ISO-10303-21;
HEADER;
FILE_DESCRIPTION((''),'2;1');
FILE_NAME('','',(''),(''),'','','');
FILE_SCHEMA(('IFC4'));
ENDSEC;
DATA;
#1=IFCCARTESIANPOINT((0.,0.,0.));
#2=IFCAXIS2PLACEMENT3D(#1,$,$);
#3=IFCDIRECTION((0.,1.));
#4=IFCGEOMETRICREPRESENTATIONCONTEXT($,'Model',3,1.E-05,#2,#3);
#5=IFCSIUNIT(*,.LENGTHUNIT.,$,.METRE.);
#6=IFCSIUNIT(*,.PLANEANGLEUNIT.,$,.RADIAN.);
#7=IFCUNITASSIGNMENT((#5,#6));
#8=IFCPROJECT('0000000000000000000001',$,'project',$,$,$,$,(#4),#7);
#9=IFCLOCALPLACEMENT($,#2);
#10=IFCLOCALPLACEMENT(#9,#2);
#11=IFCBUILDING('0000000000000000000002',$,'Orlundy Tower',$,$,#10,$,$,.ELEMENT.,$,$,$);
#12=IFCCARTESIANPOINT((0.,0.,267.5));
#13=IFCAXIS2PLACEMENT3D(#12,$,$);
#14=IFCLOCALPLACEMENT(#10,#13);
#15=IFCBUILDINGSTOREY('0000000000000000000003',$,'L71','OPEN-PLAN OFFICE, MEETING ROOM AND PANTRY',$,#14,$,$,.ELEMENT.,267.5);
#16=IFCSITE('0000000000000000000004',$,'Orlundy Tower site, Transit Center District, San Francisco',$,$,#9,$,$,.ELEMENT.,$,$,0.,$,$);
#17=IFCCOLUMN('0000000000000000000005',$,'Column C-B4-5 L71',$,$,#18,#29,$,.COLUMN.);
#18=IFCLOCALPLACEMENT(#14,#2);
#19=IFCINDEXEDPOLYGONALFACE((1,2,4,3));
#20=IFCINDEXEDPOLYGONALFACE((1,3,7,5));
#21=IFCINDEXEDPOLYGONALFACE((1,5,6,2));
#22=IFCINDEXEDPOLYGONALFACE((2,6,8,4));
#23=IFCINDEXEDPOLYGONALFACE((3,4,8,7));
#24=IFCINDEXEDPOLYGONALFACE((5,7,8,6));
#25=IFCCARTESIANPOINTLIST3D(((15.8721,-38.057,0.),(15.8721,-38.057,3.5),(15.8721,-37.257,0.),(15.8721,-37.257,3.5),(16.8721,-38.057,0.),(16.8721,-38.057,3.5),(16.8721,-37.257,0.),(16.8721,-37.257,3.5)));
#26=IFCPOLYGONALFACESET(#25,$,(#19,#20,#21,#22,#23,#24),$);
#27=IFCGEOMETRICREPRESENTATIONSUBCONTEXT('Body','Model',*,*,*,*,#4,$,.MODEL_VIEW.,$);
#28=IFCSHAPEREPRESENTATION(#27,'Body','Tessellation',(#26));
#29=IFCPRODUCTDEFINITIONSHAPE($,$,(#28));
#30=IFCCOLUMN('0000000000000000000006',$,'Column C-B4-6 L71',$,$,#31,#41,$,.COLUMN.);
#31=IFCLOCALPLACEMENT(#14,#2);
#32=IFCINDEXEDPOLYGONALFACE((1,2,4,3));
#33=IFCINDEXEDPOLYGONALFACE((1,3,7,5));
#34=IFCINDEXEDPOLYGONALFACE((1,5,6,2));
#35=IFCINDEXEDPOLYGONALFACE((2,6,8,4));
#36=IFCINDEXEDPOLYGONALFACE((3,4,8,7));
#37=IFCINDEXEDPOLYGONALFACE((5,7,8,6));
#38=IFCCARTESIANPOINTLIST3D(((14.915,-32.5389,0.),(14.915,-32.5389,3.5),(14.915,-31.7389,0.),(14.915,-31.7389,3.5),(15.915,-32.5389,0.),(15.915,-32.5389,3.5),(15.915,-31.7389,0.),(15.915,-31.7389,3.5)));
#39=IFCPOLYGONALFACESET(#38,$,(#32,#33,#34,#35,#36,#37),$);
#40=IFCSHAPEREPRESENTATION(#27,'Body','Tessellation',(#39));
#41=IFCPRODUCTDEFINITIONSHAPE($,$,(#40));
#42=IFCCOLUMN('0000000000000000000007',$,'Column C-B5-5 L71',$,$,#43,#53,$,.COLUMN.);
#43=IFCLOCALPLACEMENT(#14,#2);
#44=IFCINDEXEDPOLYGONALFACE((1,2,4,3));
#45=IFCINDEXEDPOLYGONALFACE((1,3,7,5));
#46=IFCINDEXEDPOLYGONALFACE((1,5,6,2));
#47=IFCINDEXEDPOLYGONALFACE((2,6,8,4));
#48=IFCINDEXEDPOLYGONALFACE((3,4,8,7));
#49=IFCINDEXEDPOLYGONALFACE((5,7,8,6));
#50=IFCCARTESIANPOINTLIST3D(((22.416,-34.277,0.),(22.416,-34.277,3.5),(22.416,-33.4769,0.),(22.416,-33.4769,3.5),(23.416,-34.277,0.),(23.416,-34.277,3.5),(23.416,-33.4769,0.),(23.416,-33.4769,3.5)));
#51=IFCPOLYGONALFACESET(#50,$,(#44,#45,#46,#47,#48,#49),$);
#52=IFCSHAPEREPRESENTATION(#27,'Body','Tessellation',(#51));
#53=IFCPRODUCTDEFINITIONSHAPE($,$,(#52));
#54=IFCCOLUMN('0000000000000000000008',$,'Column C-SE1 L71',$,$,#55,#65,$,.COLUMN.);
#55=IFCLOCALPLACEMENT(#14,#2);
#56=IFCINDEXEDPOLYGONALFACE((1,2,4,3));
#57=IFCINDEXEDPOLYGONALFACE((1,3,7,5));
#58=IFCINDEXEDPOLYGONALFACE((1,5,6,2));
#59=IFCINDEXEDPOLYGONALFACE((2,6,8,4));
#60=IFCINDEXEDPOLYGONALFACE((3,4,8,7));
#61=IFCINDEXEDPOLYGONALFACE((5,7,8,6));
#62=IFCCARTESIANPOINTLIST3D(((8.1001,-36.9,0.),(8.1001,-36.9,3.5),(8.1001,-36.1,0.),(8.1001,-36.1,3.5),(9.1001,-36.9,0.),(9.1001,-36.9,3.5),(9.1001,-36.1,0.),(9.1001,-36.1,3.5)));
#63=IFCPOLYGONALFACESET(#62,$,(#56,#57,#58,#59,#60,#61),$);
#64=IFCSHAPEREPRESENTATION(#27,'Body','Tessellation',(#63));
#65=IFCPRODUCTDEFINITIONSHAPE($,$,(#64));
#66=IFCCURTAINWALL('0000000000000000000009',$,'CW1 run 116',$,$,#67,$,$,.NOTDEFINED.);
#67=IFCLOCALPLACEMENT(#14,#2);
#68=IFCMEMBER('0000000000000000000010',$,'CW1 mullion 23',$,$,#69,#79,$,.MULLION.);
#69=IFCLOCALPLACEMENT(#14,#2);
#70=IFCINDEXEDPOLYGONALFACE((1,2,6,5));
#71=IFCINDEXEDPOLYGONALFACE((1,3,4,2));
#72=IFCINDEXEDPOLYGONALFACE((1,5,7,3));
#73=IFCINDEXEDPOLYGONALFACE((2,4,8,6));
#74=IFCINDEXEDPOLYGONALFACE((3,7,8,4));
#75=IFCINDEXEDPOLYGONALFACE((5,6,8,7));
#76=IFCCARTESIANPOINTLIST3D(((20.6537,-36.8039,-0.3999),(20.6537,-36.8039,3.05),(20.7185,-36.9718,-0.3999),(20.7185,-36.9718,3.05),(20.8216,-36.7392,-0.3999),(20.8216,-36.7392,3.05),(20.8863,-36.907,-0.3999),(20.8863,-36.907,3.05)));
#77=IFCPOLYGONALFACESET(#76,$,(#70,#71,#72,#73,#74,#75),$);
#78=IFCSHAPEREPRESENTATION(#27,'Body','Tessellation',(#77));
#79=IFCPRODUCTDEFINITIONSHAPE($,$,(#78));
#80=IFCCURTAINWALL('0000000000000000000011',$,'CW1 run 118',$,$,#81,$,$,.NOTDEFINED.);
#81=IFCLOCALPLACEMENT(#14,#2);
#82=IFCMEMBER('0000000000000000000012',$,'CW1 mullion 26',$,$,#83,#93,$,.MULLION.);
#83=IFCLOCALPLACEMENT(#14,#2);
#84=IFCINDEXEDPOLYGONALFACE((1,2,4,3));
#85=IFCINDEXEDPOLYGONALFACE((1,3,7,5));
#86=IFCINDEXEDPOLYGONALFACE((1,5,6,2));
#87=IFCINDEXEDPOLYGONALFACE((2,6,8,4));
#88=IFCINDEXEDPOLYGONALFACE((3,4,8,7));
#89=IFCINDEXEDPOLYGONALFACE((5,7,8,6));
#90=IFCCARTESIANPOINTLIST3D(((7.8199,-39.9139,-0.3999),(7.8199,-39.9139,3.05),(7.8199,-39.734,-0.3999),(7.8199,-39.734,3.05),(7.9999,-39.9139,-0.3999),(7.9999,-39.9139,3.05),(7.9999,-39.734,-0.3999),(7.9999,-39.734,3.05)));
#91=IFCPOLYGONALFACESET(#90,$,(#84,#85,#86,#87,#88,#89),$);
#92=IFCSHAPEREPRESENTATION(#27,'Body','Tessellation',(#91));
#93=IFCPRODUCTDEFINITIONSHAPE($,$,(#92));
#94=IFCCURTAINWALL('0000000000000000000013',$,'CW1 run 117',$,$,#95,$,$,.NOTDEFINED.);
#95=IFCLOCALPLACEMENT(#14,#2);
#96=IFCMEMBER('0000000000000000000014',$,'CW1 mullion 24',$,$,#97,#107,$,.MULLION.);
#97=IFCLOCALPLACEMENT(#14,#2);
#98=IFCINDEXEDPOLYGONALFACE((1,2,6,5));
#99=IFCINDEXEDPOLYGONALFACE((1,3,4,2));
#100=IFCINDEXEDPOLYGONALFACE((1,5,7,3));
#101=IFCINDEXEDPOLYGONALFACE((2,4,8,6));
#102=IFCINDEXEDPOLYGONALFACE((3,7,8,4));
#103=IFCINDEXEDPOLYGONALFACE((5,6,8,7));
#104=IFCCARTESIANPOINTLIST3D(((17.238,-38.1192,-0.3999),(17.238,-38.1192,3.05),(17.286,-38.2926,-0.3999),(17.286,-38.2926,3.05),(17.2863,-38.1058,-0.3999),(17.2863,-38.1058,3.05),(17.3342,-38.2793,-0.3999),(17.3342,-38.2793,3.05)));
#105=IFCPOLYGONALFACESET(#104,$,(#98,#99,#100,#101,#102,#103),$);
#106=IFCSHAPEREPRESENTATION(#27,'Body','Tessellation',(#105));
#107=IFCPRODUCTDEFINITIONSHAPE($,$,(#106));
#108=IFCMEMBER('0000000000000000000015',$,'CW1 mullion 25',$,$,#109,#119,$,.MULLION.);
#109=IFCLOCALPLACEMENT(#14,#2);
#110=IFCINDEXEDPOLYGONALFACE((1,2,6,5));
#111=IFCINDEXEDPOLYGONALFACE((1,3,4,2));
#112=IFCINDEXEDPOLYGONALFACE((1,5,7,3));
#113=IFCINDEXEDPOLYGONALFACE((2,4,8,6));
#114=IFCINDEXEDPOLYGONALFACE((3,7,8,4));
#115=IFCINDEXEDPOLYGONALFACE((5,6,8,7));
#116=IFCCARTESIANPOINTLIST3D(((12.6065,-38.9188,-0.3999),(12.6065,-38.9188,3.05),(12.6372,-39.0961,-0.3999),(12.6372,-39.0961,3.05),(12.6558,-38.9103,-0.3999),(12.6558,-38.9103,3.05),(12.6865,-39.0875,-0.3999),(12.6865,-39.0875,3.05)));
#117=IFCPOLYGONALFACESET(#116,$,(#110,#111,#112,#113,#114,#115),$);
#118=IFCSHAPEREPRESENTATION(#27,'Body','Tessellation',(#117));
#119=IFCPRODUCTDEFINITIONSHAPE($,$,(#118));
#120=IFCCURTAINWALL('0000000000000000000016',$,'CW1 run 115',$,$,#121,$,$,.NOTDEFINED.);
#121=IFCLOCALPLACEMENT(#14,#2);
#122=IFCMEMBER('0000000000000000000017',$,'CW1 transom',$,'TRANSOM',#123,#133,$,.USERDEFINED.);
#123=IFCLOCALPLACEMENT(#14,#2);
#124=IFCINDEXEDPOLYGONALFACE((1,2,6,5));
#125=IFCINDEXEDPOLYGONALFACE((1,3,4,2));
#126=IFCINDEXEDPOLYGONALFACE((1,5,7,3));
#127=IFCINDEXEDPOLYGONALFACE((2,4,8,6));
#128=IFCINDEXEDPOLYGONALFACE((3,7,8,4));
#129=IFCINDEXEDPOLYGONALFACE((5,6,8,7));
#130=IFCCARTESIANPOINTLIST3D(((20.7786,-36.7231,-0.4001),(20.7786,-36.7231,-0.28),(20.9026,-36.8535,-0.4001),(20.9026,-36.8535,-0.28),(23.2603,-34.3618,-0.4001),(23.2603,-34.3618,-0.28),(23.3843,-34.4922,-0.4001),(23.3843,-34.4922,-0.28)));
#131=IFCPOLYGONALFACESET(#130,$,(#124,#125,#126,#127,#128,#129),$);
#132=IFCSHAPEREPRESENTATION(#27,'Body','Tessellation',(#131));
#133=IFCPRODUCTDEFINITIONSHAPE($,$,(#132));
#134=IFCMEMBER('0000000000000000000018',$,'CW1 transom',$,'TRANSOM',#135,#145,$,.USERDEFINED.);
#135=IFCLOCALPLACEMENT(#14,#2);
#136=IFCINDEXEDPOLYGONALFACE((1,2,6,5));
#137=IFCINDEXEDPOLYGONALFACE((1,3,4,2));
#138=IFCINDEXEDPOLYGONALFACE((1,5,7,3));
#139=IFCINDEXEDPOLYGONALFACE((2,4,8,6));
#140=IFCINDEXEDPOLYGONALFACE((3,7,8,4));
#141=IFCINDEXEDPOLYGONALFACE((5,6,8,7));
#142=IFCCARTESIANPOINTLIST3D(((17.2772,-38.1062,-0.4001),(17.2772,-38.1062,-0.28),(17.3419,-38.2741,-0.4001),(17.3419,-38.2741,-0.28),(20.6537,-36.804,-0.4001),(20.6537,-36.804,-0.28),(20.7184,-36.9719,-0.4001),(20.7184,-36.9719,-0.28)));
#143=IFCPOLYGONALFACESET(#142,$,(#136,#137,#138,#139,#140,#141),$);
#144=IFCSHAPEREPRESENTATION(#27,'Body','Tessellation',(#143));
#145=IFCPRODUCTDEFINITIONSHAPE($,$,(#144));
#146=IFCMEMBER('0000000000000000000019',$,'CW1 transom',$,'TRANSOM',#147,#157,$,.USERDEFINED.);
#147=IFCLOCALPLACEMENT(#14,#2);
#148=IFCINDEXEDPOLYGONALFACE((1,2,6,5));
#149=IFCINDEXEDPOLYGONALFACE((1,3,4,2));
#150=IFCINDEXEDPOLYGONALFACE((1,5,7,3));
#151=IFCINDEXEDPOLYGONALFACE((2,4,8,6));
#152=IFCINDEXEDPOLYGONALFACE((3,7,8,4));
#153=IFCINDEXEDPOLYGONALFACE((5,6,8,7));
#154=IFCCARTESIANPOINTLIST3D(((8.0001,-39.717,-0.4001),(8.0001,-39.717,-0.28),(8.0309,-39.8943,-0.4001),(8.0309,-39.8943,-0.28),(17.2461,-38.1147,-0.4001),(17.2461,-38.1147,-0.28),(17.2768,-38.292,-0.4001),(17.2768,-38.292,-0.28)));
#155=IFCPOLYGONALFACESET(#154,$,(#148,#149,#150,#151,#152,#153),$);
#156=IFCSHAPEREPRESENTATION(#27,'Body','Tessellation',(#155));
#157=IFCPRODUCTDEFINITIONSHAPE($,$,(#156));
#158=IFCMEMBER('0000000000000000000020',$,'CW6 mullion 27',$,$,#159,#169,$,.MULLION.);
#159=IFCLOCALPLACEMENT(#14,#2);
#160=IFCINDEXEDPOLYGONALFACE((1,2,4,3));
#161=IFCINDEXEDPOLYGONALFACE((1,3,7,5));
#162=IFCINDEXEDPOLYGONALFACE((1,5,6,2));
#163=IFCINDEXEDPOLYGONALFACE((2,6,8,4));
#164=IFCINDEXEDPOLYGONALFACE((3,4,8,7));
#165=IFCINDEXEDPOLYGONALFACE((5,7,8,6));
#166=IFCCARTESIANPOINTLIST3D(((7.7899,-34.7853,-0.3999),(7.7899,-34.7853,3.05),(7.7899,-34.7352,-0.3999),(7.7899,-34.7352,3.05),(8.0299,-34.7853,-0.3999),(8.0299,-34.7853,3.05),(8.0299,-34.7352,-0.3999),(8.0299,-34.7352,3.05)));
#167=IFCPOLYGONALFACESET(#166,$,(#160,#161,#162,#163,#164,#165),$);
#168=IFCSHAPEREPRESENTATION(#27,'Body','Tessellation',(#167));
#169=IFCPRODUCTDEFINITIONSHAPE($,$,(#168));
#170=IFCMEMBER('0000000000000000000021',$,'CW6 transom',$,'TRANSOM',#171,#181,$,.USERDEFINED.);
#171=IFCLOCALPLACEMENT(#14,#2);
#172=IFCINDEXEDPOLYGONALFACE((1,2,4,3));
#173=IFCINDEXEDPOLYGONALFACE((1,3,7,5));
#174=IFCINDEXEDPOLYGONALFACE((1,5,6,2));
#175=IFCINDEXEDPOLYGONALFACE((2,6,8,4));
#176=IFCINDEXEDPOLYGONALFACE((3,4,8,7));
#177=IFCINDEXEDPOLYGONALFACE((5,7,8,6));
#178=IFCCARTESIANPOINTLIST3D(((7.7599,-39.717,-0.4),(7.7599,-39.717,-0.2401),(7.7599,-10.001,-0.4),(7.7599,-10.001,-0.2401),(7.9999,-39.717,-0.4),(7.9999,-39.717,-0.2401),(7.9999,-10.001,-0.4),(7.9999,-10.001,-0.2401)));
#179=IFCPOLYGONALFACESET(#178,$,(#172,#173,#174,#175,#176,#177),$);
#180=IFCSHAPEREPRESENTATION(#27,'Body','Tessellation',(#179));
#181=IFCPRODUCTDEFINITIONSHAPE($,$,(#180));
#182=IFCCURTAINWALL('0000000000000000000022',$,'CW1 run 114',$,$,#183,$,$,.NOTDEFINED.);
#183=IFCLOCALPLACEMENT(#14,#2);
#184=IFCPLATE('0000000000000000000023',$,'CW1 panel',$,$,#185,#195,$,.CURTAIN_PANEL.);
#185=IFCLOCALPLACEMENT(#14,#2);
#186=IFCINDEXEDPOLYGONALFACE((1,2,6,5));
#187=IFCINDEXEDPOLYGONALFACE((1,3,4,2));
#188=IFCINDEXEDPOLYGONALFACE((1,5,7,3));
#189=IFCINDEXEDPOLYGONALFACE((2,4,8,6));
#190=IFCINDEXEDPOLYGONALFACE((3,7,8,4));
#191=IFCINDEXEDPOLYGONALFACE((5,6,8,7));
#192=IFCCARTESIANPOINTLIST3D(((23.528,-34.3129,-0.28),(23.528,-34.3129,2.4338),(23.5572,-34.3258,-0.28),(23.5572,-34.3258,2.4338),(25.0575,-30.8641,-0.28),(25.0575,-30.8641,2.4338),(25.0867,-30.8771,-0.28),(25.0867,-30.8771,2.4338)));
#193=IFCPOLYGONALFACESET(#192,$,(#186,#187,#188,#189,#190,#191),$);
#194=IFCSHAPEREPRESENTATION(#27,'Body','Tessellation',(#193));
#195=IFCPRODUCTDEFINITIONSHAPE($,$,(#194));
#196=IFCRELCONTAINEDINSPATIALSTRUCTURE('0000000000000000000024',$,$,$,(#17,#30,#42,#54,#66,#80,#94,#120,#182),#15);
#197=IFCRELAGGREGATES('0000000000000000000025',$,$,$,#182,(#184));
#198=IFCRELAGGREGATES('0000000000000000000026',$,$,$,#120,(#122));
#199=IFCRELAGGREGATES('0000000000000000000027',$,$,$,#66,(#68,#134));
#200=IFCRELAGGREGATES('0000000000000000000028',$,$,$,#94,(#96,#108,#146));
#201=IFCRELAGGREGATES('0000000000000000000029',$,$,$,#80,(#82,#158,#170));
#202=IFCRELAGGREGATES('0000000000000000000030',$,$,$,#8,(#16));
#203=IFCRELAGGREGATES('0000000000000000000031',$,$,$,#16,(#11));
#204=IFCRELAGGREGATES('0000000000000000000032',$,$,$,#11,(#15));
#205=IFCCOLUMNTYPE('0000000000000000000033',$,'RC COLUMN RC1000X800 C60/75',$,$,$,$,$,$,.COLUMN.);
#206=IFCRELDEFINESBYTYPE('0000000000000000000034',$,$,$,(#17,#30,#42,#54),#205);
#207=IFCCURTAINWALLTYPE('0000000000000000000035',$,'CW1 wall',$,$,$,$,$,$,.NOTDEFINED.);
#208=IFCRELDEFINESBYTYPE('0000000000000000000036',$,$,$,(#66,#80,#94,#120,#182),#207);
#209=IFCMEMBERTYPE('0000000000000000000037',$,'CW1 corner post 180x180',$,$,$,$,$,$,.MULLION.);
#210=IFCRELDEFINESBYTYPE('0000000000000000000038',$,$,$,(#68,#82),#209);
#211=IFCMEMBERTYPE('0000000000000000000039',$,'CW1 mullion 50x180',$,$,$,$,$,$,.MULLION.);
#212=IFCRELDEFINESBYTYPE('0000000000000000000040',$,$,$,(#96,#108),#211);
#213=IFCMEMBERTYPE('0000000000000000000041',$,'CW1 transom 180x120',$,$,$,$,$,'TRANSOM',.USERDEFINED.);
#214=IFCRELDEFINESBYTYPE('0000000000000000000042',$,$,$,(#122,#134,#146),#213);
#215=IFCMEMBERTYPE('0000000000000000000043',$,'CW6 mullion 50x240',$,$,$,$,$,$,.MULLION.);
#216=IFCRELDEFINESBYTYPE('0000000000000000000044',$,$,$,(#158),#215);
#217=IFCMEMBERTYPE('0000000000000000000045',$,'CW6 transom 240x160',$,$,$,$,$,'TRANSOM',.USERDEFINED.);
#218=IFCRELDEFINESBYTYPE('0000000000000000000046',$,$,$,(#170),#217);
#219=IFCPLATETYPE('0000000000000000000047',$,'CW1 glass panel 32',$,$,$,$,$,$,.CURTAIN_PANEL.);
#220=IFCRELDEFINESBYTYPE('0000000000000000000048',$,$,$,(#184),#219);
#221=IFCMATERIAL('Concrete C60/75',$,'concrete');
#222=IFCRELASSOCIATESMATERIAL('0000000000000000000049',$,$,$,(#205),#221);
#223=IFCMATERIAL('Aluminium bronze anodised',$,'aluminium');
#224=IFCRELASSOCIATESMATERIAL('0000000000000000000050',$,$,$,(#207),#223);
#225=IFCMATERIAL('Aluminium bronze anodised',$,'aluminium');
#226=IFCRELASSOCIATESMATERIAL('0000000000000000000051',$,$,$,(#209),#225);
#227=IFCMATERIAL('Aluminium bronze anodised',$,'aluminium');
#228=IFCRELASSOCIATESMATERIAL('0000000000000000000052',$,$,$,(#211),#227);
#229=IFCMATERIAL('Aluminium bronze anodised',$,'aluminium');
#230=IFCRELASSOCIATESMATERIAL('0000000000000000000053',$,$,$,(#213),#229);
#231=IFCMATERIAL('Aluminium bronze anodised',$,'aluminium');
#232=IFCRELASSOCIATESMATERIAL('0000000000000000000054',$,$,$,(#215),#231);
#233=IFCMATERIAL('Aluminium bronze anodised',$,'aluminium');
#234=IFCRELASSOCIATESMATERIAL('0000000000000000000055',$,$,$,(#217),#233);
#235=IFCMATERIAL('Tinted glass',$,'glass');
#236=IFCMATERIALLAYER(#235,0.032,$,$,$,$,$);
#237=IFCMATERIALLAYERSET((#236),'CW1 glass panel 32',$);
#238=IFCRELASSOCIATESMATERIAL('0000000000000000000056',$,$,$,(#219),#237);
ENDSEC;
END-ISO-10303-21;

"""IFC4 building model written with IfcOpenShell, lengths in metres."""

from ifc_helpers import new_model, si_unit, direction, frame, origin, origin_2d, place, context, subcontext, project, spatial, rectangle, extrude, material, layer, layer_set, material_profile, profile_set, type_object, element, aggregate, save


model = new_model("IFC4")

# Units and contexts
model_context = context("Model", 3, precision=1e-05, world=origin(), true_north=direction((0.0, 1.0)))
body_context = subcontext(model_context, "Body", "Model", "MODEL_VIEW")
ifc_project = project(units=[si_unit("LENGTHUNIT", "METRE"), si_unit("PLANEANGLEUNIT", "RADIAN")], contexts=[model_context])

# Site, building, storey
site_placement = place(None, origin())
site = spatial("IfcSite", under=ifc_project, at=site_placement, Name="Orlundy Tower site, Transit Center District, San Francisco", CompositionType="ELEMENT", RefElevation=0.0)
building_placement = place(site_placement, origin())
building = spatial("IfcBuilding", under=site, at=building_placement, Name="Orlundy Tower", CompositionType="ELEMENT")
storey_placement = place(building_placement, frame((0.0, 0.0, 267.5)))
storey = spatial("IfcBuildingStorey", under=building, at=storey_placement, Name="L71", Description="OPEN-PLAN OFFICE, MEETING ROOM AND PANTRY", CompositionType="ELEMENT", Elevation=267.5)

# Columns
ifc_material_1 = material(Name="Concrete C60/75", Category="concrete")
ifc_material_profile_1 = material_profile(ifc_material_1, rectangle(XDim=1.0, YDim=0.8, at=origin_2d()), Name="RC1000X800")
ifc_profile_set_1 = profile_set([ifc_material_profile_1], Name="Concrete C60/75")
column_type = type_object("IfcColumnType", Name="RC COLUMN RC1000X800 C60/75", PredefinedType="COLUMN", material=ifc_profile_set_1)
for number, where, z_axis, x_axis, name in (
    (1, (16.3721, -37.657, 0.0), (0.0, 0.0, 1.0), (1.0, 0.0, 0.0), "Column C-B4-5 L71"),
    (2, (15.415, -32.1389, 0.0), (0.0, 0.0, 1.0), (1.0, 0.0, 0.0), "Column C-B4-6 L71"),
    (3, (22.916, -33.877, 0.0), (0.0, 0.0, 1.0), (1.0, 0.0, 0.0), "Column C-B5-5 L71"),
    (4, (8.6001, -36.5, 0.0), (0.0, 0.0, 1.0), (1.0, 0.0, 0.0), "Column C-SE1 L71"),
):
    element("IfcColumn", number, at=place(storey_placement, frame(where, z_axis=z_axis, x_axis=x_axis)), inside=storey, type_object=column_type, Name=name, PredefinedType="COLUMN", context=body_context, shape_type="SweptSolid", body=[
        extrude(rectangle(XDim=1.0, YDim=0.8, at=origin_2d()), origin(), (0.0, 0.0, 1.0), 3.5),
    ])

# Curtain walls, members
ifc_material_2 = material(Name="Aluminium bronze anodised", Category="aluminium")
curtain_wall_type = type_object("IfcCurtainWallType", Name="CW1 wall", PredefinedType="NOTDEFINED", material=ifc_material_2)
curtain_wall_1_placement = place(storey_placement, origin())
curtain_wall_1 = element("IfcCurtainWall", 5, at=curtain_wall_1_placement, inside=storey, type_object=curtain_wall_type, Name="CW1 run 116", PredefinedType="NOTDEFINED")
ifc_material_3 = material(Name="Aluminium bronze anodised", Category="aluminium")
ifc_material_profile_2 = material_profile(ifc_material_3, rectangle(XDim=0.1799, YDim=0.1799, at=origin_2d()), Name="CW1 corner post 180x180")
ifc_profile_set_2 = profile_set([ifc_material_profile_2], Name="Aluminium bronze anodised")
member_type_1 = type_object("IfcMemberType", Name="CW1 corner post 180x180", PredefinedType="MULLION", material=ifc_profile_set_2)
member_1_placement = place(storey_placement, frame((20.77, -36.8555, -0.3999), z_axis=(0.0, 0.0, 1.0), x_axis=(0.359828, -0.933018, 0.0)))
member_1 = element("IfcMember", 6, at=member_1_placement, type_object=member_type_1, Name="CW1 mullion 23", PredefinedType="MULLION", context=body_context, shape_type="SweptSolid", body=[
    extrude(rectangle(XDim=0.1799, YDim=0.1799, at=origin_2d()), origin(), (0.0, 0.0, 1.0), 3.45),
])
curtain_wall_2_placement = place(storey_placement, origin())
curtain_wall_2 = element("IfcCurtainWall", 7, at=curtain_wall_2_placement, inside=storey, type_object=curtain_wall_type, Name="CW1 run 118", PredefinedType="NOTDEFINED")
member_2_placement = place(storey_placement, frame((7.9099, -39.824, -0.3999), z_axis=(0.0, 0.0, 1.0), x_axis=(-1.0, 0.0, 0.0)))
member_2 = element("IfcMember", 8, at=member_2_placement, type_object=member_type_1, Name="CW1 mullion 26", PredefinedType="MULLION", context=body_context, shape_type="SweptSolid", body=[
    extrude(rectangle(XDim=0.1799, YDim=0.1799, at=origin_2d()), origin(), (0.0, 0.0, 1.0), 3.45),
])

# Curtain wall, members
curtain_wall_3_placement = place(storey_placement, origin())
curtain_wall_3 = element("IfcCurtainWall", 9, at=curtain_wall_3_placement, inside=storey, type_object=curtain_wall_type, Name="CW1 run 117", PredefinedType="NOTDEFINED")
ifc_material_4 = material(Name="Aluminium bronze anodised", Category="aluminium")
ifc_material_profile_3 = material_profile(ifc_material_4, rectangle(XDim=0.1799, YDim=0.05, at=origin_2d()), Name="CW1 mullion 50x180")
ifc_profile_set_3 = profile_set([ifc_material_profile_3], Name="Aluminium bronze anodised")
member_type_2 = type_object("IfcMemberType", Name="CW1 mullion 50x180", PredefinedType="MULLION", material=ifc_profile_set_3)
member_3_placement = place(storey_placement, frame((17.2861, -38.1992, -0.3999), z_axis=(0.0, 0.0, 1.0), x_axis=(0.266572, -0.963815, 0.0)))
member_3 = element("IfcMember", 10, at=member_3_placement, type_object=member_type_2, Name="CW1 mullion 24", PredefinedType="MULLION", context=body_context, shape_type="SweptSolid", body=[
    extrude(rectangle(XDim=0.1799, YDim=0.05, at=origin_2d()), origin(), (0.0, 0.0, 1.0), 3.45),
])
member_4_placement = place(storey_placement, frame((12.6465, -39.0032, -0.3999), z_axis=(0.0, 0.0, 1.0), x_axis=(0.170744, -0.985315, 0.0)))
member_4 = element("IfcMember", 11, at=member_4_placement, type_object=member_type_2, Name="CW1 mullion 25", PredefinedType="MULLION", context=body_context, shape_type="SweptSolid", body=[
    extrude(rectangle(XDim=0.1799, YDim=0.05, at=origin_2d()), origin(), (0.0, 0.0, 1.0), 3.45),
])

# Curtain wall, member
curtain_wall_4_placement = place(storey_placement, origin())
curtain_wall_4 = element("IfcCurtainWall", 12, at=curtain_wall_4_placement, inside=storey, type_object=curtain_wall_type, Name="CW1 run 115", PredefinedType="NOTDEFINED")
ifc_material_5 = material(Name="Aluminium bronze anodised", Category="aluminium")
ifc_material_profile_4 = material_profile(ifc_material_5, rectangle(XDim=0.1799, YDim=0.1201, at=origin_2d()), Name="CW1 transom 180x120")
ifc_profile_set_4 = profile_set([ifc_material_profile_4], Name="Aluminium bronze anodised")
member_type_3 = type_object("IfcMemberType", Name="CW1 transom 180x120", ElementType="TRANSOM", PredefinedType="USERDEFINED", material=ifc_profile_set_4)
member_5_placement = place(storey_placement, frame((23.3223, -34.427, -0.3401), z_axis=(-0.724456, -0.689321, 0.0), x_axis=(0.689321, -0.724456, 0.0)))
member_5 = element("IfcMember", 13, at=member_5_placement, type_object=member_type_3, Name="CW1 transom", ObjectType="TRANSOM", PredefinedType="USERDEFINED", context=body_context, shape_type="SweptSolid", body=[
    extrude(rectangle(XDim=0.1799, YDim=0.1201, at=origin_2d()), origin(), (0.0, 0.0, 1.0), 3.4255),
])

# Members
member_6_placement = place(storey_placement, frame((20.686, -36.8879, -0.3401), z_axis=(-0.933011, -0.359847, 0.0), x_axis=(0.359847, -0.933011, 0.0)))
member_6 = element("IfcMember", 14, at=member_6_placement, type_object=member_type_3, Name="CW1 transom", ObjectType="TRANSOM", PredefinedType="USERDEFINED", context=body_context, shape_type="SweptSolid", body=[
    extrude(rectangle(XDim=0.1799, YDim=0.1201, at=origin_2d()), origin(), (0.0, 0.0, 1.0), 3.6189),
])
member_7_placement = place(storey_placement, frame((17.2615, -38.2034, -0.3401), z_axis=(-0.985314, -0.170749, 0.0), x_axis=(0.170749, -0.985314, 0.0)))
member_7 = element("IfcMember", 15, at=member_7_placement, type_object=member_type_3, Name="CW1 transom", ObjectType="TRANSOM", PredefinedType="USERDEFINED", context=body_context, shape_type="SweptSolid", body=[
    extrude(rectangle(XDim=0.1799, YDim=0.1201, at=origin_2d()), origin(), (0.0, 0.0, 1.0), 9.3838),
])
ifc_material_6 = material(Name="Aluminium bronze anodised", Category="aluminium")
ifc_material_profile_5 = material_profile(ifc_material_6, rectangle(XDim=0.24, YDim=0.05, at=origin_2d()), Name="CW6 mullion 50x240")
ifc_profile_set_5 = profile_set([ifc_material_profile_5], Name="Aluminium bronze anodised")
member_type_4 = type_object("IfcMemberType", Name="CW6 mullion 50x240", PredefinedType="MULLION", material=ifc_profile_set_5)
member_8_placement = place(storey_placement, frame((7.9099, -34.7603, -0.3999), z_axis=(0.0, 0.0, 1.0), x_axis=(-1.0, 0.0, 0.0)))
member_8 = element("IfcMember", 16, at=member_8_placement, type_object=member_type_4, Name="CW6 mullion 27", PredefinedType="MULLION", context=body_context, shape_type="SweptSolid", body=[
    extrude(rectangle(XDim=0.24, YDim=0.05, at=origin_2d()), origin(), (0.0, 0.0, 1.0), 3.45),
])
ifc_material_7 = material(Name="Aluminium bronze anodised", Category="aluminium")
ifc_material_profile_6 = material_profile(ifc_material_7, rectangle(XDim=0.24, YDim=0.1599, at=origin_2d()), Name="CW6 transom 240x160")
ifc_profile_set_6 = profile_set([ifc_material_profile_6], Name="Aluminium bronze anodised")
member_type_5 = type_object("IfcMemberType", Name="CW6 transom 240x160", ElementType="TRANSOM", PredefinedType="USERDEFINED", material=ifc_profile_set_6)
member_9_placement = place(storey_placement, frame((7.8799, -39.717, -0.3201), z_axis=(0.0, 1.0, 0.0), x_axis=(-1.0, 0.0, 0.0)))
member_9 = element("IfcMember", 17, at=member_9_placement, type_object=member_type_5, Name="CW6 transom", ObjectType="TRANSOM", PredefinedType="USERDEFINED", context=body_context, shape_type="SweptSolid", body=[
    extrude(rectangle(XDim=0.24, YDim=0.1599, at=origin_2d()), origin(), (0.0, 0.0, 1.0), 29.7161),
])

# Curtain wall, plate
curtain_wall_5_placement = place(storey_placement, origin())
curtain_wall_5 = element("IfcCurtainWall", 18, at=curtain_wall_5_placement, inside=storey, type_object=curtain_wall_type, Name="CW1 run 114", PredefinedType="NOTDEFINED")
ifc_material_8 = material(Name="Tinted glass", Category="glass")
ifc_layer_1 = layer(ifc_material_8, 0.032)
ifc_layer_set_1 = layer_set([ifc_layer_1], Name="CW1 glass panel 32")
plate_type_1 = type_object("IfcPlateType", Name="CW1 glass panel 32", PredefinedType="CURTAIN_PANEL", material=ifc_layer_set_1)
plate_1_placement = place(storey_placement, frame((24.3074, -32.595, -0.28), z_axis=(0.0, 0.0, 1.0), x_axis=(-0.405413, -0.914134, 0.0)))
plate_1 = element("IfcPlate", 19, at=plate_1_placement, type_object=plate_type_1, Name="CW1 panel", PredefinedType="CURTAIN_PANEL", context=body_context, shape_type="SweptSolid", body=[
    extrude(rectangle(XDim=3.7727, YDim=0.032, at=origin_2d()), origin(), (0.0, 0.0, 1.0), 2.7139),
])
aggregate(curtain_wall_5, [plate_1])

aggregate(curtain_wall_4, [member_5])
aggregate(curtain_wall_1, [member_1, member_6])
aggregate(curtain_wall_3, [member_3, member_4, member_7])
aggregate(curtain_wall_2, [member_2, member_8, member_9])

save(model, "model.ifc")
